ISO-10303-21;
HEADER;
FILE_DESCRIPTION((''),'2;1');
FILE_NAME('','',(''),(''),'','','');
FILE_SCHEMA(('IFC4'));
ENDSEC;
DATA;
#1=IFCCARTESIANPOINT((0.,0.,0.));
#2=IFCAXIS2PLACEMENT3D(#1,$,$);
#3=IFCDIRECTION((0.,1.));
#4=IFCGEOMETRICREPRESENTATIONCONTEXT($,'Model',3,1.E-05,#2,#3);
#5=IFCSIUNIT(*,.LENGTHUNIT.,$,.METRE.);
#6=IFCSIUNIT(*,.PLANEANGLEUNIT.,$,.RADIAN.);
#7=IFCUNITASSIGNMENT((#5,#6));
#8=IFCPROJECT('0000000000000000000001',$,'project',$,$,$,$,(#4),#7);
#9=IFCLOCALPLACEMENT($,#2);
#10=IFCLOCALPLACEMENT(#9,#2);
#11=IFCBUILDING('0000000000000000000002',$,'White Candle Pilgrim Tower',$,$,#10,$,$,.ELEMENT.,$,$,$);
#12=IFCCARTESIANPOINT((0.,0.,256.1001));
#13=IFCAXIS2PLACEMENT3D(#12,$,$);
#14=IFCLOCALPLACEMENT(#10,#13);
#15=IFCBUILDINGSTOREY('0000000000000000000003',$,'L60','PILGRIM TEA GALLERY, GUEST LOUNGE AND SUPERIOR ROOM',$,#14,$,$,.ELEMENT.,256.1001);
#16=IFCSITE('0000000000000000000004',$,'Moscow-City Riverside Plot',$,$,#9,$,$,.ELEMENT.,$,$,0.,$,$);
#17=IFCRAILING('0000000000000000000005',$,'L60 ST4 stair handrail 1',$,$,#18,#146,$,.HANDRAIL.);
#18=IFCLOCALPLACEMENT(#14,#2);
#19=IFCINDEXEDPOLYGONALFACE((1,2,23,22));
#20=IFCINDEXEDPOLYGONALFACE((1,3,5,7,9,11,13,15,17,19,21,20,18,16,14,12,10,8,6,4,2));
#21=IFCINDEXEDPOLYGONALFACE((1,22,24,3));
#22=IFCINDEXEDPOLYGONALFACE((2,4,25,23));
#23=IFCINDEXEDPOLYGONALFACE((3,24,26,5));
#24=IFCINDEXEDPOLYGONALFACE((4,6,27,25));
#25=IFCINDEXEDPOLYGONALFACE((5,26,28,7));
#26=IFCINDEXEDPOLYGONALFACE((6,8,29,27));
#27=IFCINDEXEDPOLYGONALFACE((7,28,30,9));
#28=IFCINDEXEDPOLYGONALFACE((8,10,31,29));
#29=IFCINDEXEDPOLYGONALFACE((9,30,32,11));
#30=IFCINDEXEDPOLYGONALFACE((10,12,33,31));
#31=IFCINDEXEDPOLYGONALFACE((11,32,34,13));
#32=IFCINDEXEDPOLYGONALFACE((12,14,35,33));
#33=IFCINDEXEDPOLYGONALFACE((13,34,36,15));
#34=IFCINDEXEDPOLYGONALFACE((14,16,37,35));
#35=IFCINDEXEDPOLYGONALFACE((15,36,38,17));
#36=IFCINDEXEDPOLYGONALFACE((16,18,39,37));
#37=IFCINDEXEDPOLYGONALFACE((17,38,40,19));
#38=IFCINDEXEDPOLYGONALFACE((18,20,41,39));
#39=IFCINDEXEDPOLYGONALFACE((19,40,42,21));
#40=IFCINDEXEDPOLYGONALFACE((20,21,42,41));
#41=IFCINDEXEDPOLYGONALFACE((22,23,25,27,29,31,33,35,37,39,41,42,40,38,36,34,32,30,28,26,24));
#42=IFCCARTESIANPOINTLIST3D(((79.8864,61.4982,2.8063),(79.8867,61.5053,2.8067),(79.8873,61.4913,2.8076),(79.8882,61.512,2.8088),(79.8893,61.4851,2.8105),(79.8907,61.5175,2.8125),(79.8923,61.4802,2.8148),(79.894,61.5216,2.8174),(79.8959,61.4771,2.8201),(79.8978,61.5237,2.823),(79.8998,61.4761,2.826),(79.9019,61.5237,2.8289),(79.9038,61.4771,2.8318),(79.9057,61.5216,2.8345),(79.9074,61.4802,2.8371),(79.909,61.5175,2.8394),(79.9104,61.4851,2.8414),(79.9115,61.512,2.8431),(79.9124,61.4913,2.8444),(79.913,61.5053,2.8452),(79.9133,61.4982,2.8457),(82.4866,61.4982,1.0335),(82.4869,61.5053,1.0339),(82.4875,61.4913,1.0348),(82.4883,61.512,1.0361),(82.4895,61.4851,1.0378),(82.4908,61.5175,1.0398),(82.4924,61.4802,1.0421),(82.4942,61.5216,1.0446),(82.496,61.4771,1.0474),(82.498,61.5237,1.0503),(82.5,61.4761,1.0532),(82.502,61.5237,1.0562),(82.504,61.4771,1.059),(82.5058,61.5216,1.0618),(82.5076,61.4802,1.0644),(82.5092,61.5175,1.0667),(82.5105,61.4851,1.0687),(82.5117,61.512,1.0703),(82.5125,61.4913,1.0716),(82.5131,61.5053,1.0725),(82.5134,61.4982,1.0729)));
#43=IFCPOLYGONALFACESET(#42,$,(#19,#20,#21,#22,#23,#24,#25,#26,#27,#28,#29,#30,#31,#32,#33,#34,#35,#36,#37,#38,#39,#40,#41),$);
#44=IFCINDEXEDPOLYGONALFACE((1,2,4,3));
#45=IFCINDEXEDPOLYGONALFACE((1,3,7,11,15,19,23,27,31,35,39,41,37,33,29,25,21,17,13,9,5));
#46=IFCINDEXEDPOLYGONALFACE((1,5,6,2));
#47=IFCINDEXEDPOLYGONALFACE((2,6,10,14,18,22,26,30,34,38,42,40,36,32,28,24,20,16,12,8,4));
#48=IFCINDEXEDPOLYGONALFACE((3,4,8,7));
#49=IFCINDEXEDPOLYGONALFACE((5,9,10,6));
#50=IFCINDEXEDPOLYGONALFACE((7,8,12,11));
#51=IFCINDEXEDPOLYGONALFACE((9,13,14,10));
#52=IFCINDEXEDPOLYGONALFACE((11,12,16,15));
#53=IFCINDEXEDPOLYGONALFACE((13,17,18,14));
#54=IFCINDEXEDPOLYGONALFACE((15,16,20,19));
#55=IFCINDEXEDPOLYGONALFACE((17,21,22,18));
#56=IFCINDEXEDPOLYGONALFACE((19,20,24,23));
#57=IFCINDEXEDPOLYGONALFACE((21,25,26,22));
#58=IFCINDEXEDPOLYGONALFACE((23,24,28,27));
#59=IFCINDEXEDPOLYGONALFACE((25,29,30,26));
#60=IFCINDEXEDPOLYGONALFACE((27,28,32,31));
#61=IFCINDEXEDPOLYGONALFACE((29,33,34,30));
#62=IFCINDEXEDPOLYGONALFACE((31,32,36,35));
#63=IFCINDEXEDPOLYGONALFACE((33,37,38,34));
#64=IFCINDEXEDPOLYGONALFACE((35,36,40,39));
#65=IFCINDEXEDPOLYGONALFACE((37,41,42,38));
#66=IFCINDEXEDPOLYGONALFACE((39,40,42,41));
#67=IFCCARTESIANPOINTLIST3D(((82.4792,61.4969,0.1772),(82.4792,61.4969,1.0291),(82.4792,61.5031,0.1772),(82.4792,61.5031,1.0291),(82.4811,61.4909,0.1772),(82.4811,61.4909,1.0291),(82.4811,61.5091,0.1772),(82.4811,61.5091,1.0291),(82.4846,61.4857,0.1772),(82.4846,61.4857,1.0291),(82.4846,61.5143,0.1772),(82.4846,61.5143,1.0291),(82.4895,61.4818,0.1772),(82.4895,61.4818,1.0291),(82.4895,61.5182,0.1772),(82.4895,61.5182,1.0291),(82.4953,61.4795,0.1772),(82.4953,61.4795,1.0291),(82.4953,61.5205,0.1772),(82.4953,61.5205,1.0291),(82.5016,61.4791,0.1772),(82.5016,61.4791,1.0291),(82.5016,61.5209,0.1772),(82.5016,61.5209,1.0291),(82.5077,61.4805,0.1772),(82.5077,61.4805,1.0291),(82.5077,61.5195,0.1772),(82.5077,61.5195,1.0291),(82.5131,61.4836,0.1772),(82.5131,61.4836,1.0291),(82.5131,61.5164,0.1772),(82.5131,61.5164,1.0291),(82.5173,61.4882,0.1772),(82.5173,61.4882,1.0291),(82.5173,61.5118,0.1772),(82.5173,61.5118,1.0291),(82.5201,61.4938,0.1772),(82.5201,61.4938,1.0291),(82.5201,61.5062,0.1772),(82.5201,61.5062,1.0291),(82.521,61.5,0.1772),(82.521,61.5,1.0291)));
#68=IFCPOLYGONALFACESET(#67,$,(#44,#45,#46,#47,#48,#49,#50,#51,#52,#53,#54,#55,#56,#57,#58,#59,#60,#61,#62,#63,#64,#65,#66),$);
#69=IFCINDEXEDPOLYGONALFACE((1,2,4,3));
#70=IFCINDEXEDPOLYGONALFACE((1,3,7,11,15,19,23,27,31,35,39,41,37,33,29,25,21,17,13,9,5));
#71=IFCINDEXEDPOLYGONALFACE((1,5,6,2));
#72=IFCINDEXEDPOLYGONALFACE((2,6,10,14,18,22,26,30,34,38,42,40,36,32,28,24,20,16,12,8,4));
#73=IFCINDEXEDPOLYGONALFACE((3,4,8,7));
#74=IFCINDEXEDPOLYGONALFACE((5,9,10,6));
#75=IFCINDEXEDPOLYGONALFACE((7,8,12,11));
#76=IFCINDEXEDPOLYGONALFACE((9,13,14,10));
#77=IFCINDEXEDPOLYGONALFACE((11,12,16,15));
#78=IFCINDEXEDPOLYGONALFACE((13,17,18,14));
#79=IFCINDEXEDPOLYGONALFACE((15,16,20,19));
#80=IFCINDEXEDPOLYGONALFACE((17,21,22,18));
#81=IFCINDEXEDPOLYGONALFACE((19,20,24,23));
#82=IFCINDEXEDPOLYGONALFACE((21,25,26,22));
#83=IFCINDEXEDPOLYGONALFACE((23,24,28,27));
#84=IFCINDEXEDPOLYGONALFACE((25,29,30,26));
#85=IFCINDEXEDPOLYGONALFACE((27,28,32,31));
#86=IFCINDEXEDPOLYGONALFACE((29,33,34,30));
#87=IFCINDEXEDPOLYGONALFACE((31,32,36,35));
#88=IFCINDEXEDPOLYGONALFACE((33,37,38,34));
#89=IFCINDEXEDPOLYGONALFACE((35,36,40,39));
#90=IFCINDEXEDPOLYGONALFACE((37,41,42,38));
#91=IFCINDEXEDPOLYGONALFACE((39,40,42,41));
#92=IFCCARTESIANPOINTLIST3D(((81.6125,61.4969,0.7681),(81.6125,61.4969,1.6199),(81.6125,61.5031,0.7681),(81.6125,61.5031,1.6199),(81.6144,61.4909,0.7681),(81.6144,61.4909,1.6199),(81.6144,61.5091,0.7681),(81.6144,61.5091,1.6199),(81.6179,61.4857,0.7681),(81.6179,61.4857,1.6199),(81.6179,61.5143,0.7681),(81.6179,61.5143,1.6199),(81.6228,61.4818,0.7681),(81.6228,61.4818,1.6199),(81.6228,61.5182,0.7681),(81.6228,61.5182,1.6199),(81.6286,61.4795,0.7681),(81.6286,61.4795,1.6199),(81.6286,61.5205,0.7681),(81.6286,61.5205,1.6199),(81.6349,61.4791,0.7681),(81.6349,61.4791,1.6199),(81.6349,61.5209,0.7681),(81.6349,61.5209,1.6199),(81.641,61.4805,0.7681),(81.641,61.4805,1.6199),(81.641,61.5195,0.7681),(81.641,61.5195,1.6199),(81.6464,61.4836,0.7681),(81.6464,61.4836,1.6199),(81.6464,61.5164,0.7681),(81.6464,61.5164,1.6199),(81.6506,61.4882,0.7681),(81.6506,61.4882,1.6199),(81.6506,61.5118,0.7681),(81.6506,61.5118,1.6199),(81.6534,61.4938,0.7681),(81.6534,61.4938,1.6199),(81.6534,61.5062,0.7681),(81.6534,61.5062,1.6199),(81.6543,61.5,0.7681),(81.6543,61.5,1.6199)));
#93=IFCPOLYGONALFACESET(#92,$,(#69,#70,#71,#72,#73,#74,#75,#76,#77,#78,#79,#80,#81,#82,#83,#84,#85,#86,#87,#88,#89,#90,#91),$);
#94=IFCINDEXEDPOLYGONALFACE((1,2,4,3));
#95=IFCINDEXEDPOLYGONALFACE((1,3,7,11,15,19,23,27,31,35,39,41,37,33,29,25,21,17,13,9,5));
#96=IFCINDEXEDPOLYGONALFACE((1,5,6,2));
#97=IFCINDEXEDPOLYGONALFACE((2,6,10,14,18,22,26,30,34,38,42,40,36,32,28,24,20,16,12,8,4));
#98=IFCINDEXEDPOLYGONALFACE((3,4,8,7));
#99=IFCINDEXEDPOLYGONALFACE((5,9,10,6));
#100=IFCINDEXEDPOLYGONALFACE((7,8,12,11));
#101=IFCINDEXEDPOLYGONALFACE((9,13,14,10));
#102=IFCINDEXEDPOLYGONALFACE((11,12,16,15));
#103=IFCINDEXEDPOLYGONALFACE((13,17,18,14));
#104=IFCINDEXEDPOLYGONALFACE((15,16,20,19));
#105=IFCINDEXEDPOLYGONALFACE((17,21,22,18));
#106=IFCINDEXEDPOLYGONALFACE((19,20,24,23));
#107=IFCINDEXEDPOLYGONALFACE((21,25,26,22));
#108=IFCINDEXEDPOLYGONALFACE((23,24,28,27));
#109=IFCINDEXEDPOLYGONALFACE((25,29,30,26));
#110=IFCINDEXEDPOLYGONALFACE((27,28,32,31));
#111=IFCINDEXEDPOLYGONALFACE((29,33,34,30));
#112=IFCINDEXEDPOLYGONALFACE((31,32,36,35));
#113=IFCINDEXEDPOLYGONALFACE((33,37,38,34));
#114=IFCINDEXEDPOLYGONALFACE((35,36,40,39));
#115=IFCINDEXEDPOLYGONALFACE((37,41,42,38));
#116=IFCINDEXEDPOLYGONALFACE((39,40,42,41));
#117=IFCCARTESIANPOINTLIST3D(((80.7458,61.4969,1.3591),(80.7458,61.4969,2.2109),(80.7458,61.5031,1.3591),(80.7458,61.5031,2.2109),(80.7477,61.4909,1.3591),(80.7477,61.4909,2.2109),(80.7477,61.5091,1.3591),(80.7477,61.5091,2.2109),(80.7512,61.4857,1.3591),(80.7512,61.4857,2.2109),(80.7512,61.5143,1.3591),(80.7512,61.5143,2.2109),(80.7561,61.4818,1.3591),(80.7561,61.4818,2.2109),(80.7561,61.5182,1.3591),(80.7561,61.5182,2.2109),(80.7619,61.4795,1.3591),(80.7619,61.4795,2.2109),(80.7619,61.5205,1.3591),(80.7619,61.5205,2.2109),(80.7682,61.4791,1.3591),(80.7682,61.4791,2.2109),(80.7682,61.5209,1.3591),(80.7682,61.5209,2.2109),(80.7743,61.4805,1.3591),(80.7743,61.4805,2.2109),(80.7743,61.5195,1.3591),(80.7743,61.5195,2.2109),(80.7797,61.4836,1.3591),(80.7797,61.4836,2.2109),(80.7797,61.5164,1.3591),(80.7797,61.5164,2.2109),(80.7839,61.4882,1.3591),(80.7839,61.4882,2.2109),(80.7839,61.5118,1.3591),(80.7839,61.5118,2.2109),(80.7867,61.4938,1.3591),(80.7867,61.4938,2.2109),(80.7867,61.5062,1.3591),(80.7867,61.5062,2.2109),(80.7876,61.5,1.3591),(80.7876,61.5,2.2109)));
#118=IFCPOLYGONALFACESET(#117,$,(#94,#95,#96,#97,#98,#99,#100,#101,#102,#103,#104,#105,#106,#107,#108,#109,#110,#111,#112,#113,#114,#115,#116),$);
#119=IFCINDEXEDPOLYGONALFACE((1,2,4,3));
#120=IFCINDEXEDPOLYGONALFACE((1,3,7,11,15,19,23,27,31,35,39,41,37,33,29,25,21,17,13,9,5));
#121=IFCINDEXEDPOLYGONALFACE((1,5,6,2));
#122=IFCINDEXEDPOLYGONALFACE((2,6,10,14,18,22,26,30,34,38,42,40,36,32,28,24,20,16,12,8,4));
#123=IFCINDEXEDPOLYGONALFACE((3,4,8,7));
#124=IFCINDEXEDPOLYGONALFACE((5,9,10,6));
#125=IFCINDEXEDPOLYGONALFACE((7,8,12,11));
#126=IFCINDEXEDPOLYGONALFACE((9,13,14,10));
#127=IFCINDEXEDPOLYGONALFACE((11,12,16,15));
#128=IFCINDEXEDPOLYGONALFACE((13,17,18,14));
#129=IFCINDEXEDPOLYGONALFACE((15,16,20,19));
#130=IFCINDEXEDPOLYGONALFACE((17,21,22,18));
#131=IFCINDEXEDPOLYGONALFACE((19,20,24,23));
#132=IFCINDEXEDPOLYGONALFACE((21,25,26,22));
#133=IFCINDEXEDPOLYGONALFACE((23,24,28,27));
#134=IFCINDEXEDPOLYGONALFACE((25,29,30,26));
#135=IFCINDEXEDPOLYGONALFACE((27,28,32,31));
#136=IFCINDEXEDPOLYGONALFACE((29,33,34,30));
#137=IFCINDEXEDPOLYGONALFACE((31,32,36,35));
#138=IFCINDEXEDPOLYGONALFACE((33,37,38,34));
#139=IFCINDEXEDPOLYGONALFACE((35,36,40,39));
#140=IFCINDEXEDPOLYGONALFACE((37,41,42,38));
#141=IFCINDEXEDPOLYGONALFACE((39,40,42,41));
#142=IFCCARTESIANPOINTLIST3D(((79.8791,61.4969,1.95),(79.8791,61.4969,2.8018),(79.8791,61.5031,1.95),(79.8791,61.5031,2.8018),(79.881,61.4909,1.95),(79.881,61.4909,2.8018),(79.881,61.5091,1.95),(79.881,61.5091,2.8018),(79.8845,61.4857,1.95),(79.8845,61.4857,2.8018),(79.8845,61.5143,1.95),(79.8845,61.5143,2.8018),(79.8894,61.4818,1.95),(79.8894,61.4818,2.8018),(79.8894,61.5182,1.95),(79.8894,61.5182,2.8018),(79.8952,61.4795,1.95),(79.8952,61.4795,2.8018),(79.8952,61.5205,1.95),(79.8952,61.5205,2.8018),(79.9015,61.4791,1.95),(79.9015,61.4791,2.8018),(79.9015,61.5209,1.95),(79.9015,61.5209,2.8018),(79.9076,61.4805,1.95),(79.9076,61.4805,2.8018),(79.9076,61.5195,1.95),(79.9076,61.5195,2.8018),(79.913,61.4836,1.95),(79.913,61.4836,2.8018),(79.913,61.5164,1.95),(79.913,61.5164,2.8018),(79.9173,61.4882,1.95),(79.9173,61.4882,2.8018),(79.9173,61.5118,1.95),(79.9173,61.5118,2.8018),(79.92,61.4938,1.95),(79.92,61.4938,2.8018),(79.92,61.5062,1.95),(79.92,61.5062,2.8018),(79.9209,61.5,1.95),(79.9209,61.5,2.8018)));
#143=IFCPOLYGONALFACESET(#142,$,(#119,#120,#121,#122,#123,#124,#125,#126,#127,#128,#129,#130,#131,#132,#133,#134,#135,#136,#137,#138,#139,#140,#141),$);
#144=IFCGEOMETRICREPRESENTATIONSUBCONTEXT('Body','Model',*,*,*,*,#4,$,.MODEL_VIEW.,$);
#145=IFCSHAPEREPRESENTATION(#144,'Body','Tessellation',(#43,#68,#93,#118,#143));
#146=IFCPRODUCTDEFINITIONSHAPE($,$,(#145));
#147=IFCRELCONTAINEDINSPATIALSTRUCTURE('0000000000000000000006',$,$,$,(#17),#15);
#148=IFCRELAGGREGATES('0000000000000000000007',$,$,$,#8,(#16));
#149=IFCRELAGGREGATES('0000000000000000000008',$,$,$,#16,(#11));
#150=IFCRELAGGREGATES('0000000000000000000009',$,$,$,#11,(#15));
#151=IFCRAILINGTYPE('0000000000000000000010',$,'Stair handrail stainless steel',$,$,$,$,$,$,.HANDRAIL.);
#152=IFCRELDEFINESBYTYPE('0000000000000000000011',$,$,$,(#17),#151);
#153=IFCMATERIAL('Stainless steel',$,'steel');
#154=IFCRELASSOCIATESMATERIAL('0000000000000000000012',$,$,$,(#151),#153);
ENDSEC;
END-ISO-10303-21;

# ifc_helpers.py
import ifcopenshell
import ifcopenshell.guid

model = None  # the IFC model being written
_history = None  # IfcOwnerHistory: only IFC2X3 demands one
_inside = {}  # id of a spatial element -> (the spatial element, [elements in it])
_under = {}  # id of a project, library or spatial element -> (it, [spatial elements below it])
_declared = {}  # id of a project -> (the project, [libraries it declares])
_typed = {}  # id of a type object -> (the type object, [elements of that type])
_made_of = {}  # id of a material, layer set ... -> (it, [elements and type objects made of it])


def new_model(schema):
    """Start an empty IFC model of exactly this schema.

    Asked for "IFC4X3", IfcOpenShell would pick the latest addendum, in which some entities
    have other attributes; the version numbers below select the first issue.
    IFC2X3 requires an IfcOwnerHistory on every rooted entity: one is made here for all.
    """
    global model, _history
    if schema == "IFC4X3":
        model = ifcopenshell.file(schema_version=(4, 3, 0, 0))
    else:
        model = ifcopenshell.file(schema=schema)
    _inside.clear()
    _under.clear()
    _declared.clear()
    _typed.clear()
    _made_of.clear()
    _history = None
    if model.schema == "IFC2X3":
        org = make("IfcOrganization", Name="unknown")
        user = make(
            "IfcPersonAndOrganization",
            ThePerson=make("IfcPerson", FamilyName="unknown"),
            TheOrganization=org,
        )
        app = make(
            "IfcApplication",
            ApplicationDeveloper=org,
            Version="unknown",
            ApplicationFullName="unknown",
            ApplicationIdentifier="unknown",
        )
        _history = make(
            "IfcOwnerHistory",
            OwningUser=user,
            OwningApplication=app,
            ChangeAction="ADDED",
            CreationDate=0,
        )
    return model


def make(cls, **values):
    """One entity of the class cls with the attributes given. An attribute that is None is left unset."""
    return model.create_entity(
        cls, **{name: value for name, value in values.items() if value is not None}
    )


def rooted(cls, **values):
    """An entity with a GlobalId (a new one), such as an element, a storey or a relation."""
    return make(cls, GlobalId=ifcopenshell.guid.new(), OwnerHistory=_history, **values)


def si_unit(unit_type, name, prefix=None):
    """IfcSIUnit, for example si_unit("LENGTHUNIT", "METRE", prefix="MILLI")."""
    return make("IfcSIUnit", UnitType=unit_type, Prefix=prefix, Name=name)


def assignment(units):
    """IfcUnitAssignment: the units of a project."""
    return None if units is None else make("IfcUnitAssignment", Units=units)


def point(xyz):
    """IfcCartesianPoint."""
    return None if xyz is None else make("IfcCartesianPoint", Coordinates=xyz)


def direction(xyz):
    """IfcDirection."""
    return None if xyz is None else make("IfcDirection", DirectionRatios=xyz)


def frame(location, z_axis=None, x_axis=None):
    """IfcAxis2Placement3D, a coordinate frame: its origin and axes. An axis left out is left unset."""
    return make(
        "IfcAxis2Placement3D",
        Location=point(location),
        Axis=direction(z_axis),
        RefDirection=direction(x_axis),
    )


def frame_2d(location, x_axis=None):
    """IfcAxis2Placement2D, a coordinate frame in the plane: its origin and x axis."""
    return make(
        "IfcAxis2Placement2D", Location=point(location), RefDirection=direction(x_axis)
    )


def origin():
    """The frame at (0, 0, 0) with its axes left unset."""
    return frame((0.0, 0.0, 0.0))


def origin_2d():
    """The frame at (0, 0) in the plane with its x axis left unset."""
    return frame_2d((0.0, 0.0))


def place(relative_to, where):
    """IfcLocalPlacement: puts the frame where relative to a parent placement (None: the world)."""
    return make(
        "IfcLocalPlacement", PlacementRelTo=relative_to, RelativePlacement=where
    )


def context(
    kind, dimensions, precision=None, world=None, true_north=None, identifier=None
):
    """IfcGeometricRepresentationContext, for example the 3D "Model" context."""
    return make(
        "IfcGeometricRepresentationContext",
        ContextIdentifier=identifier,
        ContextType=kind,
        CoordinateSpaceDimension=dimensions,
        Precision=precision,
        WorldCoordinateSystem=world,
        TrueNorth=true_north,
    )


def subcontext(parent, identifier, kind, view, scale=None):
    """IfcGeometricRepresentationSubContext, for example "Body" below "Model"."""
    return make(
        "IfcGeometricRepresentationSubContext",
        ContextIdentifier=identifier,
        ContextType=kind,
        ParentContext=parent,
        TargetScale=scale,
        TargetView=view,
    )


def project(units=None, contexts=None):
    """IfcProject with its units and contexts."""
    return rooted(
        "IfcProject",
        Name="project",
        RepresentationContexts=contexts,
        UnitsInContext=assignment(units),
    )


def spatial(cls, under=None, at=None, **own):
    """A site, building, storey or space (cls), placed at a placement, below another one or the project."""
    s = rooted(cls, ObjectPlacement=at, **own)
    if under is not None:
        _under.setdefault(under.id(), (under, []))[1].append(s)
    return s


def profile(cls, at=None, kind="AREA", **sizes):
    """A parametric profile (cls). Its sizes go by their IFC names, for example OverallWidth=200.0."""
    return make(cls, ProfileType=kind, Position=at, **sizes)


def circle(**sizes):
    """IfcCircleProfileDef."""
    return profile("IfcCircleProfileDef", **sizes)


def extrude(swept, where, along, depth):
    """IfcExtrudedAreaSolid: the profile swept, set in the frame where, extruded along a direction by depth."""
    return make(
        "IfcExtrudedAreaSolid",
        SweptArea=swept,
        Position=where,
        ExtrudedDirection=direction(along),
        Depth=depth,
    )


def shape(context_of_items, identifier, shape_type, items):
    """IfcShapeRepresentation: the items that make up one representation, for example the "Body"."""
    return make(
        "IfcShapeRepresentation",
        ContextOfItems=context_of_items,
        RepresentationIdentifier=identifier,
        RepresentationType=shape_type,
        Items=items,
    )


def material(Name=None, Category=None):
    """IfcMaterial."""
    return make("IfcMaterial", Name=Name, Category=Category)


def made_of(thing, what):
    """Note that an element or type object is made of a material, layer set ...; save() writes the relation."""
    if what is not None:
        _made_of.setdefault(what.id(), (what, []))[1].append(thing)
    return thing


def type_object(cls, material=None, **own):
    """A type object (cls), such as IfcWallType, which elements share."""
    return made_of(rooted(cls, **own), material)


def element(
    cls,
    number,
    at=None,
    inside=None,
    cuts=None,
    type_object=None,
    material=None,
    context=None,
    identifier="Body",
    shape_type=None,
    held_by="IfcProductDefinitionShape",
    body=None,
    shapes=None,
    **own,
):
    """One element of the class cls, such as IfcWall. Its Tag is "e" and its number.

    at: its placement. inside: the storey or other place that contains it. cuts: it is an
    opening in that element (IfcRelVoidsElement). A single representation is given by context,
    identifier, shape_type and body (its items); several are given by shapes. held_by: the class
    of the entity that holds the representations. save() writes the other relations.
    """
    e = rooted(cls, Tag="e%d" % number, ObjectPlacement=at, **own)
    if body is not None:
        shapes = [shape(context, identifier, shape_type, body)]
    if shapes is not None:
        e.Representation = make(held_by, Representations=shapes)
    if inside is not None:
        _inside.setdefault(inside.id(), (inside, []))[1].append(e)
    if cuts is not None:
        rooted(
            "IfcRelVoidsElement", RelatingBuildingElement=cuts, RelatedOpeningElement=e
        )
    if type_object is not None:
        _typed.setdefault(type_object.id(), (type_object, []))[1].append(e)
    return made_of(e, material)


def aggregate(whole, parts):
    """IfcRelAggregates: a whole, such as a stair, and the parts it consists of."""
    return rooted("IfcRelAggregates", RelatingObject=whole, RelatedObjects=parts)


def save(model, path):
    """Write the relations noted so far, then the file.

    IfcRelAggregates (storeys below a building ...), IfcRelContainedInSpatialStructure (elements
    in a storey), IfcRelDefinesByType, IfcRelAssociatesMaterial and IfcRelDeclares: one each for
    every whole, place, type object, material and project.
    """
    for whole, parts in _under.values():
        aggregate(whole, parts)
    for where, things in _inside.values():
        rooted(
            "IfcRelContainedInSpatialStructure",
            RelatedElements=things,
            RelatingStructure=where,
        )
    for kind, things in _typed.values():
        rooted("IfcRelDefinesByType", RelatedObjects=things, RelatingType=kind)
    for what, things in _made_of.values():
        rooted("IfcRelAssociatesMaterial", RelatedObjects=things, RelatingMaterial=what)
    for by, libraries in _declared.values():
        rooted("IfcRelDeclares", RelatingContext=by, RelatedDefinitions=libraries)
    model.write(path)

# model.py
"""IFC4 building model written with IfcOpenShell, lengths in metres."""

from ifc_helpers import new_model, si_unit, direction, frame, origin, origin_2d, place, context, subcontext, project, spatial, circle, extrude, material, type_object, element, save


model = new_model("IFC4")

# Units and contexts
model_context = context("Model", 3, precision=1e-05, world=origin(), true_north=direction((0.0, 1.0)))
body_context = subcontext(model_context, "Body", "Model", "MODEL_VIEW")
ifc_project = project(units=[si_unit("LENGTHUNIT", "METRE"), si_unit("PLANEANGLEUNIT", "RADIAN")], contexts=[model_context])

# Site, building, storey
site_placement = place(None, origin())
site = spatial("IfcSite", under=ifc_project, at=site_placement, Name="Moscow-City Riverside Plot", CompositionType="ELEMENT", RefElevation=0.0)
building_placement = place(site_placement, origin())
building = spatial("IfcBuilding", under=site, at=building_placement, Name="White Candle Pilgrim Tower", CompositionType="ELEMENT")
storey_placement = place(building_placement, frame((0.0, 0.0, 256.1001)))
storey = spatial("IfcBuildingStorey", under=building, at=storey_placement, Name="L60", Description="PILGRIM TEA GALLERY, GUEST LOUNGE AND SUPERIOR ROOM", CompositionType="ELEMENT", Elevation=256.1001)

# Railing
ifc_material_1 = material(Name="Stainless steel", Category="steel")
railing_type_1 = type_object("IfcRailingType", Name="Stair handrail stainless steel", PredefinedType="HANDRAIL", material=ifc_material_1)
railing_1_placement = place(storey_placement, frame((82.5, 61.5, 0.1772)))
element("IfcRailing", 1, at=railing_1_placement, inside=storey, type_object=railing_type_1, Name="L60 ST4 stair handrail 1", PredefinedType="HANDRAIL", context=body_context, shape_type="SweptSolid", body=[
    extrude(circle(Radius=0.0239, at=origin_2d()), frame((0.0, 0.0, 0.876), z_axis=(-0.82624, 0.0, 0.563318), x_axis=(0.0, -1.0, 0.0)), (0.0, 0.0, 1.0), 3.147),
    extrude(circle(Radius=0.021, at=origin_2d()), origin(), (0.0, 0.0, 1.0), 0.8518),
    extrude(circle(Radius=0.021, at=origin_2d()), frame((-0.8667, 0.0, 0.5908)), (0.0, 0.0, 1.0), 0.8518),
    extrude(circle(Radius=0.021, at=origin_2d()), frame((-1.7334, 0.0, 1.1819)), (0.0, 0.0, 1.0), 0.8518),
    extrude(circle(Radius=0.021, at=origin_2d()), frame((-2.6001, 0.0, 1.7727)), (0.0, 0.0, 1.0), 0.8518),
])

save(model, "model.ifc")
